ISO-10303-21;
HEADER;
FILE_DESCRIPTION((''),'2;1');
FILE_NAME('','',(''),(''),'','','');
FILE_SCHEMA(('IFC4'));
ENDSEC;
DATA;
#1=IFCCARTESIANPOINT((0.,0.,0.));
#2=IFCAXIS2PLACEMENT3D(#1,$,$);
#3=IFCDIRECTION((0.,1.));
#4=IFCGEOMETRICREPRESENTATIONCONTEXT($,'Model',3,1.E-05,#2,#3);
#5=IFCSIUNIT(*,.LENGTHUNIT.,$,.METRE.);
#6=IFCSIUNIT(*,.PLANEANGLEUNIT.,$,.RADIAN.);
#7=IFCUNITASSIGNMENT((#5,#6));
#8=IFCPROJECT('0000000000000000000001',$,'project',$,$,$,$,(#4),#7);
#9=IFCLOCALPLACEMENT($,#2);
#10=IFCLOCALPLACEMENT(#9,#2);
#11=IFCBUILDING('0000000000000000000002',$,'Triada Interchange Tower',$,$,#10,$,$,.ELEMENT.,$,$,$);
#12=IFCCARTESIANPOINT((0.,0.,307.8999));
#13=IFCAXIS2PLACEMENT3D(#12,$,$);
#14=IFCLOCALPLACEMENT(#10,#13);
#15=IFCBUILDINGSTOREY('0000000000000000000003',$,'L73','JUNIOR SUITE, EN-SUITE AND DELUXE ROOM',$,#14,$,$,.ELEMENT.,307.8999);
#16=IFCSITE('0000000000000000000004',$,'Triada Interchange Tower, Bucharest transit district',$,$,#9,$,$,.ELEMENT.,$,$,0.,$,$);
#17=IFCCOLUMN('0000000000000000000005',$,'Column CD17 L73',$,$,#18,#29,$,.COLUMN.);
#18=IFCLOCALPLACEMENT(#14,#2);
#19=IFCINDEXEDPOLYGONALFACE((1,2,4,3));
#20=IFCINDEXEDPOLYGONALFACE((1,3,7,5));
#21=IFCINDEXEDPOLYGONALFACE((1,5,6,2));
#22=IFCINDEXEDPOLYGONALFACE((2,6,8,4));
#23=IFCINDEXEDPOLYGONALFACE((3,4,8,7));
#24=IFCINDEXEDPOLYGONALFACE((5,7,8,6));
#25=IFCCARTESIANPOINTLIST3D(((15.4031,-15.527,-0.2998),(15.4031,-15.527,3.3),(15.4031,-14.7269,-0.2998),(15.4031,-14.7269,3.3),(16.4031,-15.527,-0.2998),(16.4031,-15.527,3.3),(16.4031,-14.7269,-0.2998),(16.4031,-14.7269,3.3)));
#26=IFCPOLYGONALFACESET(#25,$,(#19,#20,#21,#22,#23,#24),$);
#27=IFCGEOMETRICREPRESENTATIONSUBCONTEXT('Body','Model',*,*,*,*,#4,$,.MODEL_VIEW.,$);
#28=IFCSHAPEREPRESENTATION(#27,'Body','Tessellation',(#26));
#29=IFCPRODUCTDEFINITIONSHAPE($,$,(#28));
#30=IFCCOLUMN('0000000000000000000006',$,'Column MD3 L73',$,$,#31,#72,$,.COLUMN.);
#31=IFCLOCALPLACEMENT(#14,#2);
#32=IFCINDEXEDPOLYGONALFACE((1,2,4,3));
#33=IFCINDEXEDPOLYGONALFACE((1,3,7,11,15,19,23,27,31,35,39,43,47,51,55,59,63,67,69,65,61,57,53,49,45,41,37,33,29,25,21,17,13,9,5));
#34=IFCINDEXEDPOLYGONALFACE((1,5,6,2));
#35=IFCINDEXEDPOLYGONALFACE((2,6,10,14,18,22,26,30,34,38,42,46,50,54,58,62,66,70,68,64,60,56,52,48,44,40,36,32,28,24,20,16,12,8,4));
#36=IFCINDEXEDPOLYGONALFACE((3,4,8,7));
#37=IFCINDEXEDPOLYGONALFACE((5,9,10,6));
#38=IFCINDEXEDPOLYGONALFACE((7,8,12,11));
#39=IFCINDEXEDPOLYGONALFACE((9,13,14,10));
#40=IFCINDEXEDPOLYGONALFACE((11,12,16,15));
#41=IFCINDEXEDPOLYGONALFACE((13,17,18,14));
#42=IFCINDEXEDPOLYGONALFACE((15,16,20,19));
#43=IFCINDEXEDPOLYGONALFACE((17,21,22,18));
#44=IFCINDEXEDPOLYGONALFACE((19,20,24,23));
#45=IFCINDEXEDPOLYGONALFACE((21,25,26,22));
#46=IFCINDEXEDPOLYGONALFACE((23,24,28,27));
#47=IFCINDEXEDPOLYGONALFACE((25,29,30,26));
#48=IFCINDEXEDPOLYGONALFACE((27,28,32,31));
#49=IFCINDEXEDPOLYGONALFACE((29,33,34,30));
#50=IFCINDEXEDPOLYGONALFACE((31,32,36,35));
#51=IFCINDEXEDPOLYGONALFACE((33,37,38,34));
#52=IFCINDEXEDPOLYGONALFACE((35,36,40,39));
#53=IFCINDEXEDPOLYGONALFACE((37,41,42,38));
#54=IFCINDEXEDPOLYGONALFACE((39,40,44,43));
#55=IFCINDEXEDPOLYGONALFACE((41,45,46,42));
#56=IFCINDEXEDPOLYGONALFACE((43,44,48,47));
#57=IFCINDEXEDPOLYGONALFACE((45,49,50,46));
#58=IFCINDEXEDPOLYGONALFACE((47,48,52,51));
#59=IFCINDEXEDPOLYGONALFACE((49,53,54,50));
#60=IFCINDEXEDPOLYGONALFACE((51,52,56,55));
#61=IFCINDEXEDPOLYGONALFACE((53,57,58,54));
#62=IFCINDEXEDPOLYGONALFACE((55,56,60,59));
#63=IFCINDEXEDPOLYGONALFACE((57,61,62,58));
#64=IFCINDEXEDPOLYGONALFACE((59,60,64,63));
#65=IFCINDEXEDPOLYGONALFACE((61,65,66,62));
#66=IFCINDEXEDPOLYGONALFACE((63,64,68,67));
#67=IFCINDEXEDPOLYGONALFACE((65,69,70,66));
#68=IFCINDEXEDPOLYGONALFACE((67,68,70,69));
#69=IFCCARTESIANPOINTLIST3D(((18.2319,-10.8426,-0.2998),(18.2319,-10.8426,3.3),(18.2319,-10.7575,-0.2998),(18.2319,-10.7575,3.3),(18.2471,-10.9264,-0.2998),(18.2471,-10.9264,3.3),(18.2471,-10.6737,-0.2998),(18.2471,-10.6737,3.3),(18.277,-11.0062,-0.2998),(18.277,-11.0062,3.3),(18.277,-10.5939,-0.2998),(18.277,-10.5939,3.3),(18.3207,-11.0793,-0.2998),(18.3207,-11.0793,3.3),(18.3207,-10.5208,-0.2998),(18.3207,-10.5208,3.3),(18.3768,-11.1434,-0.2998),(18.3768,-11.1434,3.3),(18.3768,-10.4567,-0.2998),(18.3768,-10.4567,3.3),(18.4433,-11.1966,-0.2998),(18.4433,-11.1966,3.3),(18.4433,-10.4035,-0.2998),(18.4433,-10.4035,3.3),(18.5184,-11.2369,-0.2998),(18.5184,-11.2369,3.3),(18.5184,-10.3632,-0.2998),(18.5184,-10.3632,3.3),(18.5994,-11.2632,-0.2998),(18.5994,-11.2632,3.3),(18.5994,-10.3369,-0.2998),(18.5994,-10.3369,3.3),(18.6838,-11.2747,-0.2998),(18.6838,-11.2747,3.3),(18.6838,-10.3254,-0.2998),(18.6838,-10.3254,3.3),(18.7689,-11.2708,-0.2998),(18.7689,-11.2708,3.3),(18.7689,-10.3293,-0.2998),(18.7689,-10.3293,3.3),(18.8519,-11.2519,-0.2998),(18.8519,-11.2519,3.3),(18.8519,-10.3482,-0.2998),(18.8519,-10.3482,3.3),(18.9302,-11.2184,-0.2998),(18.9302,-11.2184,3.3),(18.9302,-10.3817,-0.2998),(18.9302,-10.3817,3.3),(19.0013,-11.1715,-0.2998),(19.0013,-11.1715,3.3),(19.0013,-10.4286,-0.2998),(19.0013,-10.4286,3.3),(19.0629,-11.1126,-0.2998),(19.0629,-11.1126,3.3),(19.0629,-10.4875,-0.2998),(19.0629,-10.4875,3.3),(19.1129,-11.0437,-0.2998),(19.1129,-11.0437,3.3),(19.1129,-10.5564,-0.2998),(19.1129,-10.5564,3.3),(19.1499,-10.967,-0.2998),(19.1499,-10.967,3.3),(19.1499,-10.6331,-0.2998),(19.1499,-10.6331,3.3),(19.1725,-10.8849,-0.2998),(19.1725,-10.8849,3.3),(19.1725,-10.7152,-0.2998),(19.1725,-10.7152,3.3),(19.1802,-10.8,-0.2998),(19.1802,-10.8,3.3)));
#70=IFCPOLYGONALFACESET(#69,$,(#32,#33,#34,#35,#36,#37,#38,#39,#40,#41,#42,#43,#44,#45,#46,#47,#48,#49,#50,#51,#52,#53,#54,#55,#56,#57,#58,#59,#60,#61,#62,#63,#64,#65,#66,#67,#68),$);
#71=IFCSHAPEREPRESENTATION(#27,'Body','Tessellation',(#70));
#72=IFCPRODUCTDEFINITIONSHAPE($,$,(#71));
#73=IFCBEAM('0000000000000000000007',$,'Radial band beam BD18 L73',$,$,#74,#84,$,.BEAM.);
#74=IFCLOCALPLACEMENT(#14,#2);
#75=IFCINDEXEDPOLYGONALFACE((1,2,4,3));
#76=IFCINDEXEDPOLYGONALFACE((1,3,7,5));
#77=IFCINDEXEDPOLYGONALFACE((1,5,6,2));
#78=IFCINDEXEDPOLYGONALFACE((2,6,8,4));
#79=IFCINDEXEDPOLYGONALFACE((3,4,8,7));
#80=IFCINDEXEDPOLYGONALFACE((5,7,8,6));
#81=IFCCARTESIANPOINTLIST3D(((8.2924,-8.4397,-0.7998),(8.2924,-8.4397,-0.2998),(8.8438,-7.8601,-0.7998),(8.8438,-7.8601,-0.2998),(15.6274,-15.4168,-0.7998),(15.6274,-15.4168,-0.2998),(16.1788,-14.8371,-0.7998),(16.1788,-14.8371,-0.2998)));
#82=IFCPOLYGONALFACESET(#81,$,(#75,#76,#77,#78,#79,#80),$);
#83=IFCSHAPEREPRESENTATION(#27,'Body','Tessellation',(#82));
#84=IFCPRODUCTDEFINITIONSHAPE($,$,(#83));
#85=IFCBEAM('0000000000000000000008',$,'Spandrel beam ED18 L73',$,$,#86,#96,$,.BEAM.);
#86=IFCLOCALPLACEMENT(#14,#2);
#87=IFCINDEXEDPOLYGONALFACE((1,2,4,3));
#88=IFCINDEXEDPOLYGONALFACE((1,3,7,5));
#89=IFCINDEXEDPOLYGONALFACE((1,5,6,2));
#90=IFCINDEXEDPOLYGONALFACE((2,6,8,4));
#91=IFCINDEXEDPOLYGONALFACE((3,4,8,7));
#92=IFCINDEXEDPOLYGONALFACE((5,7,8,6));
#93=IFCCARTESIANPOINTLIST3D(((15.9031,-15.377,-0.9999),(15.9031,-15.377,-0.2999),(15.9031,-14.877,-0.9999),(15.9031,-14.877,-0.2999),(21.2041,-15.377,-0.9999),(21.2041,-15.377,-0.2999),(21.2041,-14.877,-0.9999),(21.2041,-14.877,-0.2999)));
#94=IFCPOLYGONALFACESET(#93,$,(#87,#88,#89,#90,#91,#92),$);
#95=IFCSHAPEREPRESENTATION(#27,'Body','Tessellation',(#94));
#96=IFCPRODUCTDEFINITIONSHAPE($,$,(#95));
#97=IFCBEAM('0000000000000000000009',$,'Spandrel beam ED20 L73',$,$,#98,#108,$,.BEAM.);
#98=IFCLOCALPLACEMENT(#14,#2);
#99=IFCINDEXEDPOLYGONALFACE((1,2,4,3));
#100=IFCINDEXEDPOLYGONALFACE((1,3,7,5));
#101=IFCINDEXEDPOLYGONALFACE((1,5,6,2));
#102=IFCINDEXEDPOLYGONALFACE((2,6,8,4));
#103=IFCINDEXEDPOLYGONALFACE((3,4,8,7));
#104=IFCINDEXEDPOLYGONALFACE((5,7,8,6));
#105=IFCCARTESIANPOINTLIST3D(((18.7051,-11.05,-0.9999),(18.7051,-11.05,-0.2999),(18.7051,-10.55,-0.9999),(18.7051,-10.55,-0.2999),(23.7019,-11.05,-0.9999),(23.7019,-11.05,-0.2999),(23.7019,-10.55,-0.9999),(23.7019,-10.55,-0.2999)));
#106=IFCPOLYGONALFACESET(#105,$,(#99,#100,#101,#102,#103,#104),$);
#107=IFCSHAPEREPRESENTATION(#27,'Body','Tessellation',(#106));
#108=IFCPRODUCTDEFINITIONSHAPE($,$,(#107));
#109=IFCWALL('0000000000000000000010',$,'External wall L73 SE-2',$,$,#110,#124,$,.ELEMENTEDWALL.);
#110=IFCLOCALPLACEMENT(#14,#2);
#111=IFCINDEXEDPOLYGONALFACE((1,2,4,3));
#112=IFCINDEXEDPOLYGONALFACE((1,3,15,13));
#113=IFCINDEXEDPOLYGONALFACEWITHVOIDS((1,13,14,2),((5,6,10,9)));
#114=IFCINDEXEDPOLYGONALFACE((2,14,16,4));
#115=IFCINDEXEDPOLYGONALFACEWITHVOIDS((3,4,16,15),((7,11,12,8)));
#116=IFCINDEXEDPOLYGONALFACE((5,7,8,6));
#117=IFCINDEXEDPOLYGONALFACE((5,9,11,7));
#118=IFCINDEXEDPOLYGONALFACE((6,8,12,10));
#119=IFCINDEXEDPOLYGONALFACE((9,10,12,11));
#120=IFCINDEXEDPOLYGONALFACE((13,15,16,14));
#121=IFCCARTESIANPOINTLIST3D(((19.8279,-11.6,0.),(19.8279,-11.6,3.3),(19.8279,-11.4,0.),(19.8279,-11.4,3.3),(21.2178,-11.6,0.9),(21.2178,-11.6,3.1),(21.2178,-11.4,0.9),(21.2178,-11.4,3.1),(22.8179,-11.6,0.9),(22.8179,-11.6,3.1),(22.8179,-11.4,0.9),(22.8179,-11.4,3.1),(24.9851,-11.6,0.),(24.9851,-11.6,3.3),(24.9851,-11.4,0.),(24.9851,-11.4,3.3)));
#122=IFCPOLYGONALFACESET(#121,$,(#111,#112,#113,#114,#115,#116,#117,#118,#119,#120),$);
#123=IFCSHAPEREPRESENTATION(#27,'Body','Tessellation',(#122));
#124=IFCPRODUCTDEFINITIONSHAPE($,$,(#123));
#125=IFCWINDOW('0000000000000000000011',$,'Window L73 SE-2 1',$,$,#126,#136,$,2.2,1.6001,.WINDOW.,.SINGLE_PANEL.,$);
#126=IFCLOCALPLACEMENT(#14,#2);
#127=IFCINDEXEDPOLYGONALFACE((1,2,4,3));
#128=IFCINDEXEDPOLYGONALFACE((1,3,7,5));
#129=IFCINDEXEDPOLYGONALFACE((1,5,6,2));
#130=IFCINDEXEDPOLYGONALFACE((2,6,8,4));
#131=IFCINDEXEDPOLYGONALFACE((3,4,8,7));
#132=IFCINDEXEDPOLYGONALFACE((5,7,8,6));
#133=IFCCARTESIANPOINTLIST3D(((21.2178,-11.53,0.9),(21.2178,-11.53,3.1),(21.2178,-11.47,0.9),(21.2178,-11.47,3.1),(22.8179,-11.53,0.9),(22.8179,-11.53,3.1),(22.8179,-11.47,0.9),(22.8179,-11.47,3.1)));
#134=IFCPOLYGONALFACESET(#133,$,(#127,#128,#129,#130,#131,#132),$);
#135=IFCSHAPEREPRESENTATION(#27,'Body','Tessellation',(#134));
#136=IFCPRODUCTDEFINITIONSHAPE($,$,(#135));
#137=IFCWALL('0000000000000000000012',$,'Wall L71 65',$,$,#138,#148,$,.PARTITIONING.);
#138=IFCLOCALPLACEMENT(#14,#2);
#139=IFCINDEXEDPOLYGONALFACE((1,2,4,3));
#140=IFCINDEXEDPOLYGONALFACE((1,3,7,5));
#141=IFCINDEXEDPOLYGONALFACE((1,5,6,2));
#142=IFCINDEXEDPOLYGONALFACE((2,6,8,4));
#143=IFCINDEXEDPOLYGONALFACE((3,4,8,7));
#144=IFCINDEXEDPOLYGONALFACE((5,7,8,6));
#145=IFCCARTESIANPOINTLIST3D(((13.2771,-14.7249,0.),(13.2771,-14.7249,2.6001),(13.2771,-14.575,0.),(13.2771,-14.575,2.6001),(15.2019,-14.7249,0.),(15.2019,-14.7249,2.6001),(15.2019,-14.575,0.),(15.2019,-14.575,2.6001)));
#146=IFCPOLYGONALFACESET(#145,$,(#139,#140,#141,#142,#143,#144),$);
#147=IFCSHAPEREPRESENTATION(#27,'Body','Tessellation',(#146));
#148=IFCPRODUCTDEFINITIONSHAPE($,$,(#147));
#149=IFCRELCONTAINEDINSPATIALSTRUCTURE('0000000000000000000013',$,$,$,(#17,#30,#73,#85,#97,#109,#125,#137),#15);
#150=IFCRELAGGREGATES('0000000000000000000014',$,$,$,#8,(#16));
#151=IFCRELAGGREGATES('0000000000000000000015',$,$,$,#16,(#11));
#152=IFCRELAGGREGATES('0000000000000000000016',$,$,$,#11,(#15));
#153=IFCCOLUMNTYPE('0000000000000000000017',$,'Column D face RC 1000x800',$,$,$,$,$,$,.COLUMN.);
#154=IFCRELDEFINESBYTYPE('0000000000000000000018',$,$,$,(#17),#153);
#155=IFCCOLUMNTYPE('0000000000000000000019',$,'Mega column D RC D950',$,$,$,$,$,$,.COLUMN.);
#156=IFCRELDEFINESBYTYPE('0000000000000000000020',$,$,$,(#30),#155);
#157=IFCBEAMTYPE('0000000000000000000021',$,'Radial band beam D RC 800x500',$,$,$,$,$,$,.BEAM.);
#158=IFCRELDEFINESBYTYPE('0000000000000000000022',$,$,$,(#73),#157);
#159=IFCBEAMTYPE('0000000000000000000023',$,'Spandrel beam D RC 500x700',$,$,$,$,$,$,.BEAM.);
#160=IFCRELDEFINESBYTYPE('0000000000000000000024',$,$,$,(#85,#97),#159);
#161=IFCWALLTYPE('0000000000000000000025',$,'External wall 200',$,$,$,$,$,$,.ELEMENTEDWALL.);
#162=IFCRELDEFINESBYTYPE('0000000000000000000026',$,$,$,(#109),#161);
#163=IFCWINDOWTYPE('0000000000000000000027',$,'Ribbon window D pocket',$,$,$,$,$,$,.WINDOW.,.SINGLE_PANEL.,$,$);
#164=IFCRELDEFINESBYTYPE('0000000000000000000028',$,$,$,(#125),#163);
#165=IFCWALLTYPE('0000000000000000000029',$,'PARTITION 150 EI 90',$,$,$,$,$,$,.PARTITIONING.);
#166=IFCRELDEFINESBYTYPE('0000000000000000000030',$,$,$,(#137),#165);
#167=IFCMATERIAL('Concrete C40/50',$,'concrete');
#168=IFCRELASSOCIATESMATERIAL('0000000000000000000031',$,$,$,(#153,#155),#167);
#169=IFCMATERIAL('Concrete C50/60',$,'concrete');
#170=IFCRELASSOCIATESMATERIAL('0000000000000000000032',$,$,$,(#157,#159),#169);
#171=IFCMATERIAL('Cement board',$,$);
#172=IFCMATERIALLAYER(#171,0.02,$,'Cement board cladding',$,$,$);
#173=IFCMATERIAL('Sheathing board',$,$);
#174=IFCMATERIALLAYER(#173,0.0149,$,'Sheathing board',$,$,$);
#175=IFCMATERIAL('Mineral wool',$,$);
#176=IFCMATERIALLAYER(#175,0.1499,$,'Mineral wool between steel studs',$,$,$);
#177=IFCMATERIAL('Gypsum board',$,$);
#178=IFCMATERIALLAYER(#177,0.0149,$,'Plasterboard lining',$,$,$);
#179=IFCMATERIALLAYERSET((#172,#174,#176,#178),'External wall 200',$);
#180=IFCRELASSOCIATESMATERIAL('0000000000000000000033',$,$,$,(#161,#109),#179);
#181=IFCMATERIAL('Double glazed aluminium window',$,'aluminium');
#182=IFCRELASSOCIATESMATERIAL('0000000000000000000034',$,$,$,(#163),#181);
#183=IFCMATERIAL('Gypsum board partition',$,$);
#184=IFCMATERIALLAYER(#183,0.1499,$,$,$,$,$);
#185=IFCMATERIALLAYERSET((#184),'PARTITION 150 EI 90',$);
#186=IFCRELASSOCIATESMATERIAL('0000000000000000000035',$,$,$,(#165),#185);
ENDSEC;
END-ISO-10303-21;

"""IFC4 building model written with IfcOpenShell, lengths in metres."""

from ifc_helpers import new_model, si_unit, direction, frame, frame_2d, origin, origin_2d, place, context, subcontext, project, spatial, rectangle, circle, extrude, material, layer, layer_set, layer_usage, material_profile, profile_set, type_object, element, fill, save


model = new_model("IFC4")

# Units and contexts
model_context = context("Model", 3, precision=1e-05, world=origin(), true_north=direction((0.0, 1.0)))
body_context = subcontext(model_context, "Body", "Model", "MODEL_VIEW")
ifc_project = project(units=[si_unit("LENGTHUNIT", "METRE"), si_unit("PLANEANGLEUNIT", "RADIAN")], contexts=[model_context])

# Site, building, storey
site_placement = place(None, origin())
site = spatial("IfcSite", under=ifc_project, at=site_placement, Name="Triada Interchange Tower, Bucharest transit district", CompositionType="ELEMENT", RefElevation=0.0)
building_placement = place(site_placement, origin())
building = spatial("IfcBuilding", under=site, at=building_placement, Name="Triada Interchange Tower", CompositionType="ELEMENT")
storey_placement = place(building_placement, frame((0.0, 0.0, 307.8999)))
storey = spatial("IfcBuildingStorey", under=building, at=storey_placement, Name="L73", Description="JUNIOR SUITE, EN-SUITE AND DELUXE ROOM", CompositionType="ELEMENT", Elevation=307.8999)

# Columns
ifc_material_1 = material(Name="Concrete C40/50", Category="concrete")
ifc_material_profile_1 = material_profile(ifc_material_1, rectangle(XDim=1.0, YDim=0.8, at=origin_2d()), Name="RC 1000x800")
ifc_profile_set_1 = profile_set([ifc_material_profile_1], Name="Concrete C40/50")
column_type_1 = type_object("IfcColumnType", Name="Column D face RC 1000x800", PredefinedType="COLUMN", material=ifc_profile_set_1)
column_1_placement = place(storey_placement, frame((15.9031, -15.127, -0.2998), z_axis=(0.0, 0.0, 1.0), x_axis=(1.0, 0.0, 0.0)))
element("IfcColumn", 1, at=column_1_placement, inside=storey, type_object=column_type_1, Name="Column CD17 L73", PredefinedType="COLUMN", context=body_context, shape_type="SweptSolid", body=[
    extrude(rectangle(XDim=1.0, YDim=0.8, at=origin_2d()), origin(), (0.0, 0.0, 1.0), 3.5999),
])
ifc_material_profile_2 = material_profile(ifc_material_1, circle(Radius=0.4751, at=origin_2d()), Name="RC D950")
ifc_profile_set_2 = profile_set([ifc_material_profile_2], Name="Concrete C40/50")
column_type_2 = type_object("IfcColumnType", Name="Mega column D RC D950", PredefinedType="COLUMN", material=ifc_profile_set_2)
column_2_placement = place(storey_placement, frame((18.7051, -10.8, -0.2998), z_axis=(0.0, 0.0, 1.0), x_axis=(1.0, 0.0, 0.0)))
element("IfcColumn", 2, at=column_2_placement, inside=storey, type_object=column_type_2, Name="Column MD3 L73", PredefinedType="COLUMN", context=body_context, shape_type="SweptSolid", body=[
    extrude(circle(Radius=0.4751, at=origin_2d()), origin(), (0.0, 0.0, 1.0), 3.5999),
])

# Beams
ifc_material_2 = material(Name="Concrete C50/60", Category="concrete")
ifc_material_profile_3 = material_profile(ifc_material_2, rectangle(XDim=0.8, YDim=0.5, at=origin_2d()), Name="RC 800x500")
ifc_profile_set_3 = profile_set([ifc_material_profile_3], Name="Concrete C50/60")
beam_type_1 = type_object("IfcBeamType", Name="Radial band beam D RC 800x500", PredefinedType="BEAM", material=ifc_profile_set_3)
beam_1_placement = place(storey_placement, frame((15.9031, -15.127, -0.5498), z_axis=(-0.724563, 0.689208, 0.0), x_axis=(-0.689208, -0.724563, 0.0)))
element("IfcBeam", 3, at=beam_1_placement, inside=storey, type_object=beam_type_1, Name="Radial band beam BD18 L73", PredefinedType="BEAM", context=body_context, shape_type="SweptSolid", body=[
    extrude(rectangle(XDim=0.8, YDim=0.5, at=origin_2d()), origin(), (0.0, 0.0, 1.0), 10.1233),
])
ifc_material_profile_4 = material_profile(ifc_material_2, rectangle(XDim=0.5, YDim=0.7, at=origin_2d()), Name="RC 500x700")
ifc_profile_set_4 = profile_set([ifc_material_profile_4], Name="Concrete C50/60")
beam_type_2 = type_object("IfcBeamType", Name="Spandrel beam D RC 500x700", PredefinedType="BEAM", material=ifc_profile_set_4)
beam_2_placement = place(storey_placement, frame((15.9031, -15.127, -0.6499), z_axis=(1.0, 0.0, 0.0), x_axis=(0.0, 1.0, 0.0)))
element("IfcBeam", 4, at=beam_2_placement, inside=storey, type_object=beam_type_2, Name="Spandrel beam ED18 L73", PredefinedType="BEAM", context=body_context, shape_type="SweptSolid", body=[
    extrude(rectangle(XDim=0.5, YDim=0.7, at=origin_2d()), origin(), (0.0, 0.0, 1.0), 5.301),
])
beam_3_placement = place(storey_placement, frame((18.7051, -10.8, -0.6499), z_axis=(1.0, 0.0, 0.0), x_axis=(0.0, 1.0, 0.0)))
element("IfcBeam", 5, at=beam_3_placement, inside=storey, type_object=beam_type_2, Name="Spandrel beam ED20 L73", PredefinedType="BEAM", context=body_context, shape_type="SweptSolid", body=[
    extrude(rectangle(XDim=0.5, YDim=0.7, at=origin_2d()), origin(), (0.0, 0.0, 1.0), 4.9968),
])

# Wall, opening, window
ifc_material_3 = material(Name="Cement board")
ifc_layer_1 = layer(ifc_material_3, 0.02, Name="Cement board cladding")
ifc_material_4 = material(Name="Sheathing board")
ifc_layer_2 = layer(ifc_material_4, 0.0149, Name="Sheathing board")
ifc_material_5 = material(Name="Mineral wool")
ifc_layer_3 = layer(ifc_material_5, 0.1499, Name="Mineral wool between steel studs")
ifc_material_6 = material(Name="Gypsum board")
ifc_layer_4 = layer(ifc_material_6, 0.0149, Name="Plasterboard lining")
ifc_layer_set_1 = layer_set([ifc_layer_1, ifc_layer_2, ifc_layer_3, ifc_layer_4], Name="External wall 200")
ifc_layer_usage = layer_usage(ifc_layer_set_1, "AXIS2", "POSITIVE", -0.1001)
wall_type_1 = type_object("IfcWallType", Name="External wall 200", PredefinedType="ELEMENTEDWALL", material=ifc_layer_set_1)
wall_1_placement = place(storey_placement, frame((19.8279, -11.5, 0.0), z_axis=(0.0, 0.0, 1.0), x_axis=(1.0, 0.0, 0.0)))
wall_1 = element("IfcWall", 6, at=wall_1_placement, inside=storey, type_object=wall_type_1, material=ifc_layer_usage, Name="External wall L73 SE-2", PredefinedType="ELEMENTEDWALL", context=body_context, shape_type="SweptSolid", body=[
    extrude(rectangle(XDim=5.1572, YDim=0.2, at=frame_2d((2.5786, 0.0))), origin(), (0.0, 0.0, 1.0), 3.3),
])
opening_1_placement = place(wall_1_placement, frame((1.3899, 0.0, 0.8999)))
opening_1 = element("IfcOpeningElement", 7, at=opening_1_placement, cuts=wall_1, PredefinedType="OPENING", context=body_context, shape_type="SweptSolid", body=[
    extrude(rectangle(XDim=1.6001, YDim=2.2, at=frame_2d((0.8, 1.1001))), frame((0.0, 0.1099, 0.0), z_axis=(0.0, -1.0, 0.0), x_axis=(1.0, 0.0, 0.0)), (0.0, 0.0, 1.0), 0.22),
])
ifc_material_7 = material(Name="Double glazed aluminium window", Category="aluminium")
window_type = type_object("IfcWindowType", Name="Ribbon window D pocket", PartitioningType="SINGLE_PANEL", PredefinedType="WINDOW", material=ifc_material_7)
window_placement = place(opening_1_placement, origin())
window = element("IfcWindow", 8, at=window_placement, inside=storey, type_object=window_type, Name="Window L73 SE-2 1", OverallHeight=2.2, OverallWidth=1.6001, PartitioningType="SINGLE_PANEL", PredefinedType="WINDOW", context=body_context, shape_type="SweptSolid", body=[
    extrude(rectangle(XDim=1.6001, YDim=2.2, at=frame_2d((0.8, 1.1001))), frame((0.0, 0.03, 0.0), z_axis=(0.0, -1.0, 0.0), x_axis=(1.0, 0.0, 0.0)), (0.0, 0.0, 1.0), 0.0601),
])
fill(opening_1, window)

# Wall
ifc_material_8 = material(Name="Gypsum board partition")
ifc_layer_5 = layer(ifc_material_8, 0.1499)
ifc_layer_set_2 = layer_set([ifc_layer_5], Name="PARTITION 150 EI 90")
wall_type_2 = type_object("IfcWallType", Name="PARTITION 150 EI 90", PredefinedType="PARTITIONING", material=ifc_layer_set_2)
wall_2_placement = place(storey_placement, frame((13.2771, -14.6499, 0.0), z_axis=(0.0, 0.0, 1.0), x_axis=(1.0, 0.0, 0.0)))
element("IfcWall", 9, at=wall_2_placement, inside=storey, type_object=wall_type_2, Name="Wall L71 65", PredefinedType="PARTITIONING", context=body_context, shape_type="SweptSolid", body=[
    extrude(rectangle(XDim=1.9248, YDim=0.1499, at=frame_2d((0.9624, 0.0))), origin(), (0.0, 0.0, 1.0), 2.6001),
])

save(model, "model.ifc")
